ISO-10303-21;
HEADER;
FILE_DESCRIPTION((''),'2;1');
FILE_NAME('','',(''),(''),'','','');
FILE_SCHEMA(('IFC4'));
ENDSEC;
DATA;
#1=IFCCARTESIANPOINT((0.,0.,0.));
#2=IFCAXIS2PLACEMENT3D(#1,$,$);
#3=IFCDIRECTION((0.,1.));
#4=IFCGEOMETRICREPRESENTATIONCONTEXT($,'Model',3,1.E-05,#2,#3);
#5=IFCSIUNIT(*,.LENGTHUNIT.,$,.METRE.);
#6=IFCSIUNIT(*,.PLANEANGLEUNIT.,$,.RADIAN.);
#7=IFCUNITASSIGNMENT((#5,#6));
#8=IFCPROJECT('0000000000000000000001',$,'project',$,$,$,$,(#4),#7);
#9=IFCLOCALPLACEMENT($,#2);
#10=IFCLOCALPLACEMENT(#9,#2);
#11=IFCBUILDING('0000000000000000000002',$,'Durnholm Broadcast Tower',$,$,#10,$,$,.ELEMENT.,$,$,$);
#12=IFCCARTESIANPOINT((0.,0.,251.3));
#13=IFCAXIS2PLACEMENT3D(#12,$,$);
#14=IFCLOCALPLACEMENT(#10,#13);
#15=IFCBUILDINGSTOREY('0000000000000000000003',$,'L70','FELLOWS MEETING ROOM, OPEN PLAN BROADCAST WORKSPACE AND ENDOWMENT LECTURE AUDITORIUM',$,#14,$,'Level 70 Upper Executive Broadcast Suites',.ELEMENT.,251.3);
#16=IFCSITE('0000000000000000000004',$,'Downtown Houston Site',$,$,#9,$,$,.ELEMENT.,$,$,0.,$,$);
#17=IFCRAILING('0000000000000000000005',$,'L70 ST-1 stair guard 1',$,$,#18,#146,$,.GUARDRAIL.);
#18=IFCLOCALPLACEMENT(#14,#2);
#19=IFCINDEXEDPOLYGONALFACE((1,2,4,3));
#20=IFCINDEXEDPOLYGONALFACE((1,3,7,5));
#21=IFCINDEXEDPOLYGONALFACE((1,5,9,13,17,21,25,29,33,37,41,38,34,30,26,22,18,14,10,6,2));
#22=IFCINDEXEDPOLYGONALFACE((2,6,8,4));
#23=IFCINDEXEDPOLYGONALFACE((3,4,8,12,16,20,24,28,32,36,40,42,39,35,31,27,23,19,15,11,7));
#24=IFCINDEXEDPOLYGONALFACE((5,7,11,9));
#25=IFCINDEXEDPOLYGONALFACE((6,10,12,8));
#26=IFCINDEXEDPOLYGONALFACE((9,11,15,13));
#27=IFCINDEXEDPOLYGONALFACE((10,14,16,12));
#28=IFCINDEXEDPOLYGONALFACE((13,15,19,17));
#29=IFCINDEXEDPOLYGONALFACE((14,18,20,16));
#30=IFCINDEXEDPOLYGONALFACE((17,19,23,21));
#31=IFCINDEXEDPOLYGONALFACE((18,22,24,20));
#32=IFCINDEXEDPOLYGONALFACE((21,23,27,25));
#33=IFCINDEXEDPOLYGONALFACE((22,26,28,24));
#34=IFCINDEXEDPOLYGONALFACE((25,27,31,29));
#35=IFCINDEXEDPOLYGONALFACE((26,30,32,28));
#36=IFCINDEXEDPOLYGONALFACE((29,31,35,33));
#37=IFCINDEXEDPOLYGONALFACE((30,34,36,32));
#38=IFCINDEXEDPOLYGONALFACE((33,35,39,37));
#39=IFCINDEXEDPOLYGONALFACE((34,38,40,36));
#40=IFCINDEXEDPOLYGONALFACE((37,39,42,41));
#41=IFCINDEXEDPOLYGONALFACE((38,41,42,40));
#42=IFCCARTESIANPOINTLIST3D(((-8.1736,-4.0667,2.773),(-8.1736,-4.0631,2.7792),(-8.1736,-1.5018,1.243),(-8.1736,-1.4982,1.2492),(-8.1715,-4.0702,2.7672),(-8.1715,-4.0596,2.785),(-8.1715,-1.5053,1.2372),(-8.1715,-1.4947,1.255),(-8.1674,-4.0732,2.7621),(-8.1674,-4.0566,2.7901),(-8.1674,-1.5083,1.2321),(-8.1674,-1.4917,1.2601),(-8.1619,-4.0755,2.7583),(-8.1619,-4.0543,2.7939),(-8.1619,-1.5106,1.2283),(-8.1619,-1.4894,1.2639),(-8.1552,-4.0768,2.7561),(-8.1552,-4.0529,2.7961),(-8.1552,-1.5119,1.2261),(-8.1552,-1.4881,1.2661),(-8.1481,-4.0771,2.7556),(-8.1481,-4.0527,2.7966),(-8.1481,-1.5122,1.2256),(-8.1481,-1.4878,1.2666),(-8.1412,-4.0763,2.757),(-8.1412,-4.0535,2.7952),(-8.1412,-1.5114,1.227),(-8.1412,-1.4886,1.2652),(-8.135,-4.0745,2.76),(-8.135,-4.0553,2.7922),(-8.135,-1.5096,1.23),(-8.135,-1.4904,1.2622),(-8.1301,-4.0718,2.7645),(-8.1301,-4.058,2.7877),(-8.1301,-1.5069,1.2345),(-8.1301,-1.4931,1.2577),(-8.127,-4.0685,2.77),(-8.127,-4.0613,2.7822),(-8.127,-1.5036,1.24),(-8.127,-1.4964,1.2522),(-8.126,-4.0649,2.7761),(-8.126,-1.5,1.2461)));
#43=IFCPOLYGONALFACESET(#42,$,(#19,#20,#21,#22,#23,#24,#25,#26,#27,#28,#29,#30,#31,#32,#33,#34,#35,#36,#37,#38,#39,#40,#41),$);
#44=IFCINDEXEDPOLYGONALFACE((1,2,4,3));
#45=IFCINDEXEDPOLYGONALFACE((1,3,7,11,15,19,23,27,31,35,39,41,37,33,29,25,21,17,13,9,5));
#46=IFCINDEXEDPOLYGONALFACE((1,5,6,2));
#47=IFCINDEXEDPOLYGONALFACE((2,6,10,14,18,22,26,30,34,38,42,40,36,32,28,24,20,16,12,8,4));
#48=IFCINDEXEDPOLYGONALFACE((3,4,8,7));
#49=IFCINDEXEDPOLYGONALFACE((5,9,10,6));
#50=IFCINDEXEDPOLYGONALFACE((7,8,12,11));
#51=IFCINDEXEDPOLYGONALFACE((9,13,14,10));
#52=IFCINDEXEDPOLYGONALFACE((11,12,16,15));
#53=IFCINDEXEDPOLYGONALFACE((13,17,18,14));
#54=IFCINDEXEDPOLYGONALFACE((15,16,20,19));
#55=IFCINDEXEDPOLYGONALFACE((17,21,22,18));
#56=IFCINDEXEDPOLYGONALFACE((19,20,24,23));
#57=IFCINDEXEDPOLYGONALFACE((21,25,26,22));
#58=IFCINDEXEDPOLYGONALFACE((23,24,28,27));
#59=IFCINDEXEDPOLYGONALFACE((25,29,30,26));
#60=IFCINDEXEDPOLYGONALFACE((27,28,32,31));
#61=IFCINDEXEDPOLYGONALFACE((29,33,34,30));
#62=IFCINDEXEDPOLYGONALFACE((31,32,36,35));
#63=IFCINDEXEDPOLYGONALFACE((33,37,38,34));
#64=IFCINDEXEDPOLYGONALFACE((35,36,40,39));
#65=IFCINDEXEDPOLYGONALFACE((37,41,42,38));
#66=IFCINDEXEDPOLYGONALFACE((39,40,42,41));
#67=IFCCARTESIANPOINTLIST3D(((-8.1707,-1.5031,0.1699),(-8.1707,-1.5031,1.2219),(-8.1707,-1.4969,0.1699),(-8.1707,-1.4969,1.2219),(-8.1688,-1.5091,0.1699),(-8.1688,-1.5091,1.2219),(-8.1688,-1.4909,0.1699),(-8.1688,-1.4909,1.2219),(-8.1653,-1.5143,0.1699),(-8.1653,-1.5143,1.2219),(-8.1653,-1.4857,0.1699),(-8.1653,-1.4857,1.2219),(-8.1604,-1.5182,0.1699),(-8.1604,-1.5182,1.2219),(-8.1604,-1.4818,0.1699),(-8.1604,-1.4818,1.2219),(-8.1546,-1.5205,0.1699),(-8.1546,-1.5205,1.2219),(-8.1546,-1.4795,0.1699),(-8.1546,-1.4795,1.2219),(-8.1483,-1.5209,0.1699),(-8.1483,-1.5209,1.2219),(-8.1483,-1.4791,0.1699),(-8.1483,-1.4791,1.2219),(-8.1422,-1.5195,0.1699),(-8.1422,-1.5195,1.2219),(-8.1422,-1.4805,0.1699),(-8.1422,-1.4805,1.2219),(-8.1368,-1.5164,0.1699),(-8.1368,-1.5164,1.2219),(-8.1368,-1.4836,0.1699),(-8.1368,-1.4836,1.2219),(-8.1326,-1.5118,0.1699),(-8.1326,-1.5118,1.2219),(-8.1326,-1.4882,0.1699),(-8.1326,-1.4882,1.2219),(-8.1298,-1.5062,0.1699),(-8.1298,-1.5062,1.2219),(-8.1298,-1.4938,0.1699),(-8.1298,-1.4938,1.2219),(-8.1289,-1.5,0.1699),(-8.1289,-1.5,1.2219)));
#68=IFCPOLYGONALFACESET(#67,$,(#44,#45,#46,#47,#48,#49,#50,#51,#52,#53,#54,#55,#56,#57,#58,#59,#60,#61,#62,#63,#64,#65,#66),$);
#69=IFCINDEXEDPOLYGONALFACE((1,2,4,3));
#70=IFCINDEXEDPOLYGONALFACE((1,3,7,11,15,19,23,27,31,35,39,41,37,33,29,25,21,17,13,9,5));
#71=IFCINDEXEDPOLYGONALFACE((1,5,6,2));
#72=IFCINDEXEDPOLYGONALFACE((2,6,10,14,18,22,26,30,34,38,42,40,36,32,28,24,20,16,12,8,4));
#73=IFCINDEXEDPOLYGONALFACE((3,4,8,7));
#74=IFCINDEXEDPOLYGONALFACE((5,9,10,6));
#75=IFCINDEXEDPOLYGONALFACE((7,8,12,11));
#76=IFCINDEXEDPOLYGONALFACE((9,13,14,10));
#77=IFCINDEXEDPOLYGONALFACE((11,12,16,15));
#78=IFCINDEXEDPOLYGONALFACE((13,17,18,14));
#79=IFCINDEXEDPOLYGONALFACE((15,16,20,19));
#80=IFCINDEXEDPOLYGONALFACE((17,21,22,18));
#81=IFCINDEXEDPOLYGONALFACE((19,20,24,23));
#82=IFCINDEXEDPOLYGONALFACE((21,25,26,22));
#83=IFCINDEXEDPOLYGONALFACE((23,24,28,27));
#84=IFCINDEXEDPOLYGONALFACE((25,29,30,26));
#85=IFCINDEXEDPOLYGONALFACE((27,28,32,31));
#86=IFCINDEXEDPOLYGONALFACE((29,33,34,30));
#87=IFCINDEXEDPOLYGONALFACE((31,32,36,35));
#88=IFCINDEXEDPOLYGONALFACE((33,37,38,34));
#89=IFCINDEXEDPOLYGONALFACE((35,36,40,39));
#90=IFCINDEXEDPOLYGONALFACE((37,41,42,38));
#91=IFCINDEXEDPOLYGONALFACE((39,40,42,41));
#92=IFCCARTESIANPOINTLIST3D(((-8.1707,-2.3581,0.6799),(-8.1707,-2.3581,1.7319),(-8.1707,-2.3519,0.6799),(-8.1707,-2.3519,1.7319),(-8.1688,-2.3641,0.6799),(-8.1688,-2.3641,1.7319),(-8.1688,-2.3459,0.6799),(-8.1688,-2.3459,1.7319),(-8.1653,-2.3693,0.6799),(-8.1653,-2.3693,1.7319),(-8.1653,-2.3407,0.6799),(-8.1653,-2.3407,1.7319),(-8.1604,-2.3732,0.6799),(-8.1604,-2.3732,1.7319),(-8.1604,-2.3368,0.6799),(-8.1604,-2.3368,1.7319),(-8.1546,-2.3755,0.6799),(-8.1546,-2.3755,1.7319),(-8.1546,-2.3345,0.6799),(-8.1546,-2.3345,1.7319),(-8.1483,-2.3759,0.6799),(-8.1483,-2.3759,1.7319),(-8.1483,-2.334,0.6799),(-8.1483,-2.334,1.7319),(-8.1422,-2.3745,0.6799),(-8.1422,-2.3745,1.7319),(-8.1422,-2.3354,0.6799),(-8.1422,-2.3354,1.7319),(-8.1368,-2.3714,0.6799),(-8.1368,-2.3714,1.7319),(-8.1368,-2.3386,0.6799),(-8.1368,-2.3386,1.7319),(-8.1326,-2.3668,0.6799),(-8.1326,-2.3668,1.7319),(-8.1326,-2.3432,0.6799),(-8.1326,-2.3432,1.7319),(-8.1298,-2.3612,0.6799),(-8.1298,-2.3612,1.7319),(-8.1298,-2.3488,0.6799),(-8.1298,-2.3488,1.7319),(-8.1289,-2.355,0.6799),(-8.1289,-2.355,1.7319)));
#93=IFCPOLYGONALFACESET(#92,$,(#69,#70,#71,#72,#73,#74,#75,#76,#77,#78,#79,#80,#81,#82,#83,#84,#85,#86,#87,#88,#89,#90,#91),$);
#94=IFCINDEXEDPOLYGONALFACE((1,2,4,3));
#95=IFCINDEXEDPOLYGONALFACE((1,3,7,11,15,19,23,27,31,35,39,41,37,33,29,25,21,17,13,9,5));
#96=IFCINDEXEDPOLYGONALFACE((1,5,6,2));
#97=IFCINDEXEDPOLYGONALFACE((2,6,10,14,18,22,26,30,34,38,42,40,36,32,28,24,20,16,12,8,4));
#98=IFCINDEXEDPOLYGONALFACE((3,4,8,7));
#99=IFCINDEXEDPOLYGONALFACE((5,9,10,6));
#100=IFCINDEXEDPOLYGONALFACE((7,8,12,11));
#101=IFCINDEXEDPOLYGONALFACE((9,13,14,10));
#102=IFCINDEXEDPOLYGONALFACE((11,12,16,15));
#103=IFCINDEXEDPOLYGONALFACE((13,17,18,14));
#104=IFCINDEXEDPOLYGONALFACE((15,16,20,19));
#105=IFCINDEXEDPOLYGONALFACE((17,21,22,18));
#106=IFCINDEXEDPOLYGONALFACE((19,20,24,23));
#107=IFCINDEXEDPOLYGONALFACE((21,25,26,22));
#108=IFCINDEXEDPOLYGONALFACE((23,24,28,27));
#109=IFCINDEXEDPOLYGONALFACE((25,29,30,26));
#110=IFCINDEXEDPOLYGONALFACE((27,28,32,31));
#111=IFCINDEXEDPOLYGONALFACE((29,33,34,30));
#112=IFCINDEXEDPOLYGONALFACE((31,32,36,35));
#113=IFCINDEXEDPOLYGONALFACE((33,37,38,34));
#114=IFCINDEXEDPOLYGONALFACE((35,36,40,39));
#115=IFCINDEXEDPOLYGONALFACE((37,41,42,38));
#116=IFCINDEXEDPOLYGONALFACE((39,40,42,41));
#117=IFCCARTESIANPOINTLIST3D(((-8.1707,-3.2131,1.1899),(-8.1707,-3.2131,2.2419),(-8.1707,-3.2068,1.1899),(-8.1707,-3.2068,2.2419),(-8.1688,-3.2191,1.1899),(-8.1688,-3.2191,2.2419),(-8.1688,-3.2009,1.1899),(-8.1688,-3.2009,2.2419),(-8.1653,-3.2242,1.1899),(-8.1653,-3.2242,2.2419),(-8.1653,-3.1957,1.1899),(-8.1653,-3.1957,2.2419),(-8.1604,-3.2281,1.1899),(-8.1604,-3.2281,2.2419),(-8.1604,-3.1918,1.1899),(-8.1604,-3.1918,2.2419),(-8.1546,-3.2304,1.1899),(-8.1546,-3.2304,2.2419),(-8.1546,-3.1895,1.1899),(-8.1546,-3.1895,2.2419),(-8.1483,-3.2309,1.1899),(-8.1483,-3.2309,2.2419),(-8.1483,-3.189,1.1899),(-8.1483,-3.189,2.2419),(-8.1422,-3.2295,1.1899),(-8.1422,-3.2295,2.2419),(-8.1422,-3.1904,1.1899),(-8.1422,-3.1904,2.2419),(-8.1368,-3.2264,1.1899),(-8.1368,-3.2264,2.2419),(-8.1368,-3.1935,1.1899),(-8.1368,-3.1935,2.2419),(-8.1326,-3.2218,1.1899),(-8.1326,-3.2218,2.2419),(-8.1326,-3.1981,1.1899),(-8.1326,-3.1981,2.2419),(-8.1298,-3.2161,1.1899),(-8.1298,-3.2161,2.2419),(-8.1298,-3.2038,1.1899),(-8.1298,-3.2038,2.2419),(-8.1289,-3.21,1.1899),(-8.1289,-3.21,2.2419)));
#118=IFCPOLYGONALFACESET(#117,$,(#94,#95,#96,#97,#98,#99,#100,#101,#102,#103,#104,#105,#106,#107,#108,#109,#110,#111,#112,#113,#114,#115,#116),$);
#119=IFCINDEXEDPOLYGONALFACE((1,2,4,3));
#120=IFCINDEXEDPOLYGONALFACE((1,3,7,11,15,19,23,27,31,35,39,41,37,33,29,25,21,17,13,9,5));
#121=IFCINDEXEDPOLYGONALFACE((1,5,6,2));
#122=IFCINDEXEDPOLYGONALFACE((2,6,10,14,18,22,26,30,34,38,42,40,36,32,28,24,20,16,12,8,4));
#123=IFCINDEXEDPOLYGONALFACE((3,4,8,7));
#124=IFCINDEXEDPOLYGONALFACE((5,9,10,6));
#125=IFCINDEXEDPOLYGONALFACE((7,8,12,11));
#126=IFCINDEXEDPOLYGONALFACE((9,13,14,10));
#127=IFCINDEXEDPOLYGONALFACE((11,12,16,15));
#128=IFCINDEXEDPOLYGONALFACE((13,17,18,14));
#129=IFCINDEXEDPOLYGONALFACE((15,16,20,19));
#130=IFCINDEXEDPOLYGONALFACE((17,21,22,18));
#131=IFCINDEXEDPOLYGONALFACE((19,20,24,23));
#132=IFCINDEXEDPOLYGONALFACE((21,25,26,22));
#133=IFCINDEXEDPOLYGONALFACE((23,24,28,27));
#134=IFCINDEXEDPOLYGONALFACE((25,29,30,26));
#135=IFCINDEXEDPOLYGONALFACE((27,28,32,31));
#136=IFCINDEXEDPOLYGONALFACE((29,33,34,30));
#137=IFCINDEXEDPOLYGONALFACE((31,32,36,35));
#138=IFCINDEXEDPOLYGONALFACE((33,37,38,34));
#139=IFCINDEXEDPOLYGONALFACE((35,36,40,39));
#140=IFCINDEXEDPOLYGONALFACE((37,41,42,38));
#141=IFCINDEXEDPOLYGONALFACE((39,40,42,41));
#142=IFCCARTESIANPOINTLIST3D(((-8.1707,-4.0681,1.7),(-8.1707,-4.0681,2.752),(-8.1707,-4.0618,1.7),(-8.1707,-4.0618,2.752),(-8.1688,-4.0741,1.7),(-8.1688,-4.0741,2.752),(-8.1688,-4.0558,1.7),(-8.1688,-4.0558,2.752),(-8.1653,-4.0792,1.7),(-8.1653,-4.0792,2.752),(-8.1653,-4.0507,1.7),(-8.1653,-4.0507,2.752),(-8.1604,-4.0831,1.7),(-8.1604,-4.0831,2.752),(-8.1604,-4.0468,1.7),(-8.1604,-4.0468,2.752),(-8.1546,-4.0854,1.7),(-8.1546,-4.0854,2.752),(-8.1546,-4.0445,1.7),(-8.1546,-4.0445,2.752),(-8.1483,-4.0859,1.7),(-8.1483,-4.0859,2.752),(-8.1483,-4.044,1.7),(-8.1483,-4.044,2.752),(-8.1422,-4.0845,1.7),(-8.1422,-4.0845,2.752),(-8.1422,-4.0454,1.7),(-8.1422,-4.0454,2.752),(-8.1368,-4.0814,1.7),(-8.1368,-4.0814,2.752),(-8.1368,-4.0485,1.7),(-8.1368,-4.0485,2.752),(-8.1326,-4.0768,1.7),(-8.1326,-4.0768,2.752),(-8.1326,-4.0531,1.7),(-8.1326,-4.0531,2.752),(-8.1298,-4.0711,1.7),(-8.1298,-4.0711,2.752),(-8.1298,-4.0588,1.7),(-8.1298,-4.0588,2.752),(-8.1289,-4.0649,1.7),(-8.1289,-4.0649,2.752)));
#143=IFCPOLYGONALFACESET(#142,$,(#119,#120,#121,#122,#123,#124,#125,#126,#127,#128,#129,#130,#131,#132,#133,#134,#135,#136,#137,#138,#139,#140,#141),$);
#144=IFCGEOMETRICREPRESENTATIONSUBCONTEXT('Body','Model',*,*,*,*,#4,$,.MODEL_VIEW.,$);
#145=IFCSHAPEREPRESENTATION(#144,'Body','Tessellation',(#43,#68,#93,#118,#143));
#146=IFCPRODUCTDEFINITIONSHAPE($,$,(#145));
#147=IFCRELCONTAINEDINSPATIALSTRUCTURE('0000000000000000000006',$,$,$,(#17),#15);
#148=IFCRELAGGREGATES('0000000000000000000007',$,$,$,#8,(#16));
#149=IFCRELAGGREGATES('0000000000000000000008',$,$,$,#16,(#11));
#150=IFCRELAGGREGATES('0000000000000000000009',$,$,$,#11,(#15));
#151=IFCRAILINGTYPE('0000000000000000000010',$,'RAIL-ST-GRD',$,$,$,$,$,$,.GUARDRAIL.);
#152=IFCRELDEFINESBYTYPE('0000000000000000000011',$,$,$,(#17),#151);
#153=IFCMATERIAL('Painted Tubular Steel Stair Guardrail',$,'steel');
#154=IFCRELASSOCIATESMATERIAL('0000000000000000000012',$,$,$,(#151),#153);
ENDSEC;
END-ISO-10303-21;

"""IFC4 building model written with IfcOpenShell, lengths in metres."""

from ifc_helpers import new_model, si_unit, direction, frame, origin, origin_2d, place, context, subcontext, project, spatial, circle, extrude, material, type_object, element, save


model = new_model("IFC4")

# Units and contexts
model_context = context("Model", 3, precision=1e-05, world=origin(), true_north=direction((0.0, 1.0)))
body_context = subcontext(model_context, "Body", "Model", "MODEL_VIEW")
ifc_project = project(units=[si_unit("LENGTHUNIT", "METRE"), si_unit("PLANEANGLEUNIT", "RADIAN")], contexts=[model_context])

# Site, building, storey
site_placement = place(None, origin())
site = spatial("IfcSite", under=ifc_project, at=site_placement, Name="Downtown Houston Site", CompositionType="ELEMENT", RefElevation=0.0)
building_placement = place(site_placement, origin())
building = spatial("IfcBuilding", under=site, at=building_placement, Name="Durnholm Broadcast Tower", CompositionType="ELEMENT")
storey_placement = place(building_placement, frame((0.0, 0.0, 251.3)))
storey = spatial("IfcBuildingStorey", under=building, at=storey_placement, Name="L70", Description="FELLOWS MEETING ROOM, OPEN PLAN BROADCAST WORKSPACE AND ENDOWMENT LECTURE AUDITORIUM", LongName="Level 70 Upper Executive Broadcast Suites", CompositionType="ELEMENT", Elevation=251.3)

# Railing
ifc_material_1 = material(Name="Painted Tubular Steel Stair Guardrail", Category="steel")
railing_type_1 = type_object("IfcRailingType", Name="RAIL-ST-GRD", PredefinedType="GUARDRAIL", material=ifc_material_1)
railing_1_placement = place(storey_placement, frame((-8.1499, -1.5, 0.1699)))
element("IfcRailing", 1, at=railing_1_placement, inside=storey, type_object=railing_type_1, Name="L70 ST-1 stair guard 1", PredefinedType="GUARDRAIL", context=body_context, shape_type="SweptSolid", body=[
    extrude(circle(Radius=0.0239, at=origin_2d()), frame((0.0, 0.0, 1.0762), z_axis=(0.0, -0.85881, 0.512294), x_axis=(1.0, 0.0, 0.0)), (0.0, 0.0, 1.0), 2.9866),
    extrude(circle(Radius=0.021, at=origin_2d()), origin(), (0.0, 0.0, 1.0), 1.052),
    extrude(circle(Radius=0.021, at=origin_2d()), frame((0.0, -0.855, 0.51)), (0.0, 0.0, 1.0), 1.052),
    extrude(circle(Radius=0.021, at=origin_2d()), frame((0.0, -1.71, 1.02)), (0.0, 0.0, 1.0), 1.052),
    extrude(circle(Radius=0.021, at=origin_2d()), frame((0.0, -2.5649, 1.53)), (0.0, 0.0, 1.0), 1.052),
])

save(model, "model.ifc")
